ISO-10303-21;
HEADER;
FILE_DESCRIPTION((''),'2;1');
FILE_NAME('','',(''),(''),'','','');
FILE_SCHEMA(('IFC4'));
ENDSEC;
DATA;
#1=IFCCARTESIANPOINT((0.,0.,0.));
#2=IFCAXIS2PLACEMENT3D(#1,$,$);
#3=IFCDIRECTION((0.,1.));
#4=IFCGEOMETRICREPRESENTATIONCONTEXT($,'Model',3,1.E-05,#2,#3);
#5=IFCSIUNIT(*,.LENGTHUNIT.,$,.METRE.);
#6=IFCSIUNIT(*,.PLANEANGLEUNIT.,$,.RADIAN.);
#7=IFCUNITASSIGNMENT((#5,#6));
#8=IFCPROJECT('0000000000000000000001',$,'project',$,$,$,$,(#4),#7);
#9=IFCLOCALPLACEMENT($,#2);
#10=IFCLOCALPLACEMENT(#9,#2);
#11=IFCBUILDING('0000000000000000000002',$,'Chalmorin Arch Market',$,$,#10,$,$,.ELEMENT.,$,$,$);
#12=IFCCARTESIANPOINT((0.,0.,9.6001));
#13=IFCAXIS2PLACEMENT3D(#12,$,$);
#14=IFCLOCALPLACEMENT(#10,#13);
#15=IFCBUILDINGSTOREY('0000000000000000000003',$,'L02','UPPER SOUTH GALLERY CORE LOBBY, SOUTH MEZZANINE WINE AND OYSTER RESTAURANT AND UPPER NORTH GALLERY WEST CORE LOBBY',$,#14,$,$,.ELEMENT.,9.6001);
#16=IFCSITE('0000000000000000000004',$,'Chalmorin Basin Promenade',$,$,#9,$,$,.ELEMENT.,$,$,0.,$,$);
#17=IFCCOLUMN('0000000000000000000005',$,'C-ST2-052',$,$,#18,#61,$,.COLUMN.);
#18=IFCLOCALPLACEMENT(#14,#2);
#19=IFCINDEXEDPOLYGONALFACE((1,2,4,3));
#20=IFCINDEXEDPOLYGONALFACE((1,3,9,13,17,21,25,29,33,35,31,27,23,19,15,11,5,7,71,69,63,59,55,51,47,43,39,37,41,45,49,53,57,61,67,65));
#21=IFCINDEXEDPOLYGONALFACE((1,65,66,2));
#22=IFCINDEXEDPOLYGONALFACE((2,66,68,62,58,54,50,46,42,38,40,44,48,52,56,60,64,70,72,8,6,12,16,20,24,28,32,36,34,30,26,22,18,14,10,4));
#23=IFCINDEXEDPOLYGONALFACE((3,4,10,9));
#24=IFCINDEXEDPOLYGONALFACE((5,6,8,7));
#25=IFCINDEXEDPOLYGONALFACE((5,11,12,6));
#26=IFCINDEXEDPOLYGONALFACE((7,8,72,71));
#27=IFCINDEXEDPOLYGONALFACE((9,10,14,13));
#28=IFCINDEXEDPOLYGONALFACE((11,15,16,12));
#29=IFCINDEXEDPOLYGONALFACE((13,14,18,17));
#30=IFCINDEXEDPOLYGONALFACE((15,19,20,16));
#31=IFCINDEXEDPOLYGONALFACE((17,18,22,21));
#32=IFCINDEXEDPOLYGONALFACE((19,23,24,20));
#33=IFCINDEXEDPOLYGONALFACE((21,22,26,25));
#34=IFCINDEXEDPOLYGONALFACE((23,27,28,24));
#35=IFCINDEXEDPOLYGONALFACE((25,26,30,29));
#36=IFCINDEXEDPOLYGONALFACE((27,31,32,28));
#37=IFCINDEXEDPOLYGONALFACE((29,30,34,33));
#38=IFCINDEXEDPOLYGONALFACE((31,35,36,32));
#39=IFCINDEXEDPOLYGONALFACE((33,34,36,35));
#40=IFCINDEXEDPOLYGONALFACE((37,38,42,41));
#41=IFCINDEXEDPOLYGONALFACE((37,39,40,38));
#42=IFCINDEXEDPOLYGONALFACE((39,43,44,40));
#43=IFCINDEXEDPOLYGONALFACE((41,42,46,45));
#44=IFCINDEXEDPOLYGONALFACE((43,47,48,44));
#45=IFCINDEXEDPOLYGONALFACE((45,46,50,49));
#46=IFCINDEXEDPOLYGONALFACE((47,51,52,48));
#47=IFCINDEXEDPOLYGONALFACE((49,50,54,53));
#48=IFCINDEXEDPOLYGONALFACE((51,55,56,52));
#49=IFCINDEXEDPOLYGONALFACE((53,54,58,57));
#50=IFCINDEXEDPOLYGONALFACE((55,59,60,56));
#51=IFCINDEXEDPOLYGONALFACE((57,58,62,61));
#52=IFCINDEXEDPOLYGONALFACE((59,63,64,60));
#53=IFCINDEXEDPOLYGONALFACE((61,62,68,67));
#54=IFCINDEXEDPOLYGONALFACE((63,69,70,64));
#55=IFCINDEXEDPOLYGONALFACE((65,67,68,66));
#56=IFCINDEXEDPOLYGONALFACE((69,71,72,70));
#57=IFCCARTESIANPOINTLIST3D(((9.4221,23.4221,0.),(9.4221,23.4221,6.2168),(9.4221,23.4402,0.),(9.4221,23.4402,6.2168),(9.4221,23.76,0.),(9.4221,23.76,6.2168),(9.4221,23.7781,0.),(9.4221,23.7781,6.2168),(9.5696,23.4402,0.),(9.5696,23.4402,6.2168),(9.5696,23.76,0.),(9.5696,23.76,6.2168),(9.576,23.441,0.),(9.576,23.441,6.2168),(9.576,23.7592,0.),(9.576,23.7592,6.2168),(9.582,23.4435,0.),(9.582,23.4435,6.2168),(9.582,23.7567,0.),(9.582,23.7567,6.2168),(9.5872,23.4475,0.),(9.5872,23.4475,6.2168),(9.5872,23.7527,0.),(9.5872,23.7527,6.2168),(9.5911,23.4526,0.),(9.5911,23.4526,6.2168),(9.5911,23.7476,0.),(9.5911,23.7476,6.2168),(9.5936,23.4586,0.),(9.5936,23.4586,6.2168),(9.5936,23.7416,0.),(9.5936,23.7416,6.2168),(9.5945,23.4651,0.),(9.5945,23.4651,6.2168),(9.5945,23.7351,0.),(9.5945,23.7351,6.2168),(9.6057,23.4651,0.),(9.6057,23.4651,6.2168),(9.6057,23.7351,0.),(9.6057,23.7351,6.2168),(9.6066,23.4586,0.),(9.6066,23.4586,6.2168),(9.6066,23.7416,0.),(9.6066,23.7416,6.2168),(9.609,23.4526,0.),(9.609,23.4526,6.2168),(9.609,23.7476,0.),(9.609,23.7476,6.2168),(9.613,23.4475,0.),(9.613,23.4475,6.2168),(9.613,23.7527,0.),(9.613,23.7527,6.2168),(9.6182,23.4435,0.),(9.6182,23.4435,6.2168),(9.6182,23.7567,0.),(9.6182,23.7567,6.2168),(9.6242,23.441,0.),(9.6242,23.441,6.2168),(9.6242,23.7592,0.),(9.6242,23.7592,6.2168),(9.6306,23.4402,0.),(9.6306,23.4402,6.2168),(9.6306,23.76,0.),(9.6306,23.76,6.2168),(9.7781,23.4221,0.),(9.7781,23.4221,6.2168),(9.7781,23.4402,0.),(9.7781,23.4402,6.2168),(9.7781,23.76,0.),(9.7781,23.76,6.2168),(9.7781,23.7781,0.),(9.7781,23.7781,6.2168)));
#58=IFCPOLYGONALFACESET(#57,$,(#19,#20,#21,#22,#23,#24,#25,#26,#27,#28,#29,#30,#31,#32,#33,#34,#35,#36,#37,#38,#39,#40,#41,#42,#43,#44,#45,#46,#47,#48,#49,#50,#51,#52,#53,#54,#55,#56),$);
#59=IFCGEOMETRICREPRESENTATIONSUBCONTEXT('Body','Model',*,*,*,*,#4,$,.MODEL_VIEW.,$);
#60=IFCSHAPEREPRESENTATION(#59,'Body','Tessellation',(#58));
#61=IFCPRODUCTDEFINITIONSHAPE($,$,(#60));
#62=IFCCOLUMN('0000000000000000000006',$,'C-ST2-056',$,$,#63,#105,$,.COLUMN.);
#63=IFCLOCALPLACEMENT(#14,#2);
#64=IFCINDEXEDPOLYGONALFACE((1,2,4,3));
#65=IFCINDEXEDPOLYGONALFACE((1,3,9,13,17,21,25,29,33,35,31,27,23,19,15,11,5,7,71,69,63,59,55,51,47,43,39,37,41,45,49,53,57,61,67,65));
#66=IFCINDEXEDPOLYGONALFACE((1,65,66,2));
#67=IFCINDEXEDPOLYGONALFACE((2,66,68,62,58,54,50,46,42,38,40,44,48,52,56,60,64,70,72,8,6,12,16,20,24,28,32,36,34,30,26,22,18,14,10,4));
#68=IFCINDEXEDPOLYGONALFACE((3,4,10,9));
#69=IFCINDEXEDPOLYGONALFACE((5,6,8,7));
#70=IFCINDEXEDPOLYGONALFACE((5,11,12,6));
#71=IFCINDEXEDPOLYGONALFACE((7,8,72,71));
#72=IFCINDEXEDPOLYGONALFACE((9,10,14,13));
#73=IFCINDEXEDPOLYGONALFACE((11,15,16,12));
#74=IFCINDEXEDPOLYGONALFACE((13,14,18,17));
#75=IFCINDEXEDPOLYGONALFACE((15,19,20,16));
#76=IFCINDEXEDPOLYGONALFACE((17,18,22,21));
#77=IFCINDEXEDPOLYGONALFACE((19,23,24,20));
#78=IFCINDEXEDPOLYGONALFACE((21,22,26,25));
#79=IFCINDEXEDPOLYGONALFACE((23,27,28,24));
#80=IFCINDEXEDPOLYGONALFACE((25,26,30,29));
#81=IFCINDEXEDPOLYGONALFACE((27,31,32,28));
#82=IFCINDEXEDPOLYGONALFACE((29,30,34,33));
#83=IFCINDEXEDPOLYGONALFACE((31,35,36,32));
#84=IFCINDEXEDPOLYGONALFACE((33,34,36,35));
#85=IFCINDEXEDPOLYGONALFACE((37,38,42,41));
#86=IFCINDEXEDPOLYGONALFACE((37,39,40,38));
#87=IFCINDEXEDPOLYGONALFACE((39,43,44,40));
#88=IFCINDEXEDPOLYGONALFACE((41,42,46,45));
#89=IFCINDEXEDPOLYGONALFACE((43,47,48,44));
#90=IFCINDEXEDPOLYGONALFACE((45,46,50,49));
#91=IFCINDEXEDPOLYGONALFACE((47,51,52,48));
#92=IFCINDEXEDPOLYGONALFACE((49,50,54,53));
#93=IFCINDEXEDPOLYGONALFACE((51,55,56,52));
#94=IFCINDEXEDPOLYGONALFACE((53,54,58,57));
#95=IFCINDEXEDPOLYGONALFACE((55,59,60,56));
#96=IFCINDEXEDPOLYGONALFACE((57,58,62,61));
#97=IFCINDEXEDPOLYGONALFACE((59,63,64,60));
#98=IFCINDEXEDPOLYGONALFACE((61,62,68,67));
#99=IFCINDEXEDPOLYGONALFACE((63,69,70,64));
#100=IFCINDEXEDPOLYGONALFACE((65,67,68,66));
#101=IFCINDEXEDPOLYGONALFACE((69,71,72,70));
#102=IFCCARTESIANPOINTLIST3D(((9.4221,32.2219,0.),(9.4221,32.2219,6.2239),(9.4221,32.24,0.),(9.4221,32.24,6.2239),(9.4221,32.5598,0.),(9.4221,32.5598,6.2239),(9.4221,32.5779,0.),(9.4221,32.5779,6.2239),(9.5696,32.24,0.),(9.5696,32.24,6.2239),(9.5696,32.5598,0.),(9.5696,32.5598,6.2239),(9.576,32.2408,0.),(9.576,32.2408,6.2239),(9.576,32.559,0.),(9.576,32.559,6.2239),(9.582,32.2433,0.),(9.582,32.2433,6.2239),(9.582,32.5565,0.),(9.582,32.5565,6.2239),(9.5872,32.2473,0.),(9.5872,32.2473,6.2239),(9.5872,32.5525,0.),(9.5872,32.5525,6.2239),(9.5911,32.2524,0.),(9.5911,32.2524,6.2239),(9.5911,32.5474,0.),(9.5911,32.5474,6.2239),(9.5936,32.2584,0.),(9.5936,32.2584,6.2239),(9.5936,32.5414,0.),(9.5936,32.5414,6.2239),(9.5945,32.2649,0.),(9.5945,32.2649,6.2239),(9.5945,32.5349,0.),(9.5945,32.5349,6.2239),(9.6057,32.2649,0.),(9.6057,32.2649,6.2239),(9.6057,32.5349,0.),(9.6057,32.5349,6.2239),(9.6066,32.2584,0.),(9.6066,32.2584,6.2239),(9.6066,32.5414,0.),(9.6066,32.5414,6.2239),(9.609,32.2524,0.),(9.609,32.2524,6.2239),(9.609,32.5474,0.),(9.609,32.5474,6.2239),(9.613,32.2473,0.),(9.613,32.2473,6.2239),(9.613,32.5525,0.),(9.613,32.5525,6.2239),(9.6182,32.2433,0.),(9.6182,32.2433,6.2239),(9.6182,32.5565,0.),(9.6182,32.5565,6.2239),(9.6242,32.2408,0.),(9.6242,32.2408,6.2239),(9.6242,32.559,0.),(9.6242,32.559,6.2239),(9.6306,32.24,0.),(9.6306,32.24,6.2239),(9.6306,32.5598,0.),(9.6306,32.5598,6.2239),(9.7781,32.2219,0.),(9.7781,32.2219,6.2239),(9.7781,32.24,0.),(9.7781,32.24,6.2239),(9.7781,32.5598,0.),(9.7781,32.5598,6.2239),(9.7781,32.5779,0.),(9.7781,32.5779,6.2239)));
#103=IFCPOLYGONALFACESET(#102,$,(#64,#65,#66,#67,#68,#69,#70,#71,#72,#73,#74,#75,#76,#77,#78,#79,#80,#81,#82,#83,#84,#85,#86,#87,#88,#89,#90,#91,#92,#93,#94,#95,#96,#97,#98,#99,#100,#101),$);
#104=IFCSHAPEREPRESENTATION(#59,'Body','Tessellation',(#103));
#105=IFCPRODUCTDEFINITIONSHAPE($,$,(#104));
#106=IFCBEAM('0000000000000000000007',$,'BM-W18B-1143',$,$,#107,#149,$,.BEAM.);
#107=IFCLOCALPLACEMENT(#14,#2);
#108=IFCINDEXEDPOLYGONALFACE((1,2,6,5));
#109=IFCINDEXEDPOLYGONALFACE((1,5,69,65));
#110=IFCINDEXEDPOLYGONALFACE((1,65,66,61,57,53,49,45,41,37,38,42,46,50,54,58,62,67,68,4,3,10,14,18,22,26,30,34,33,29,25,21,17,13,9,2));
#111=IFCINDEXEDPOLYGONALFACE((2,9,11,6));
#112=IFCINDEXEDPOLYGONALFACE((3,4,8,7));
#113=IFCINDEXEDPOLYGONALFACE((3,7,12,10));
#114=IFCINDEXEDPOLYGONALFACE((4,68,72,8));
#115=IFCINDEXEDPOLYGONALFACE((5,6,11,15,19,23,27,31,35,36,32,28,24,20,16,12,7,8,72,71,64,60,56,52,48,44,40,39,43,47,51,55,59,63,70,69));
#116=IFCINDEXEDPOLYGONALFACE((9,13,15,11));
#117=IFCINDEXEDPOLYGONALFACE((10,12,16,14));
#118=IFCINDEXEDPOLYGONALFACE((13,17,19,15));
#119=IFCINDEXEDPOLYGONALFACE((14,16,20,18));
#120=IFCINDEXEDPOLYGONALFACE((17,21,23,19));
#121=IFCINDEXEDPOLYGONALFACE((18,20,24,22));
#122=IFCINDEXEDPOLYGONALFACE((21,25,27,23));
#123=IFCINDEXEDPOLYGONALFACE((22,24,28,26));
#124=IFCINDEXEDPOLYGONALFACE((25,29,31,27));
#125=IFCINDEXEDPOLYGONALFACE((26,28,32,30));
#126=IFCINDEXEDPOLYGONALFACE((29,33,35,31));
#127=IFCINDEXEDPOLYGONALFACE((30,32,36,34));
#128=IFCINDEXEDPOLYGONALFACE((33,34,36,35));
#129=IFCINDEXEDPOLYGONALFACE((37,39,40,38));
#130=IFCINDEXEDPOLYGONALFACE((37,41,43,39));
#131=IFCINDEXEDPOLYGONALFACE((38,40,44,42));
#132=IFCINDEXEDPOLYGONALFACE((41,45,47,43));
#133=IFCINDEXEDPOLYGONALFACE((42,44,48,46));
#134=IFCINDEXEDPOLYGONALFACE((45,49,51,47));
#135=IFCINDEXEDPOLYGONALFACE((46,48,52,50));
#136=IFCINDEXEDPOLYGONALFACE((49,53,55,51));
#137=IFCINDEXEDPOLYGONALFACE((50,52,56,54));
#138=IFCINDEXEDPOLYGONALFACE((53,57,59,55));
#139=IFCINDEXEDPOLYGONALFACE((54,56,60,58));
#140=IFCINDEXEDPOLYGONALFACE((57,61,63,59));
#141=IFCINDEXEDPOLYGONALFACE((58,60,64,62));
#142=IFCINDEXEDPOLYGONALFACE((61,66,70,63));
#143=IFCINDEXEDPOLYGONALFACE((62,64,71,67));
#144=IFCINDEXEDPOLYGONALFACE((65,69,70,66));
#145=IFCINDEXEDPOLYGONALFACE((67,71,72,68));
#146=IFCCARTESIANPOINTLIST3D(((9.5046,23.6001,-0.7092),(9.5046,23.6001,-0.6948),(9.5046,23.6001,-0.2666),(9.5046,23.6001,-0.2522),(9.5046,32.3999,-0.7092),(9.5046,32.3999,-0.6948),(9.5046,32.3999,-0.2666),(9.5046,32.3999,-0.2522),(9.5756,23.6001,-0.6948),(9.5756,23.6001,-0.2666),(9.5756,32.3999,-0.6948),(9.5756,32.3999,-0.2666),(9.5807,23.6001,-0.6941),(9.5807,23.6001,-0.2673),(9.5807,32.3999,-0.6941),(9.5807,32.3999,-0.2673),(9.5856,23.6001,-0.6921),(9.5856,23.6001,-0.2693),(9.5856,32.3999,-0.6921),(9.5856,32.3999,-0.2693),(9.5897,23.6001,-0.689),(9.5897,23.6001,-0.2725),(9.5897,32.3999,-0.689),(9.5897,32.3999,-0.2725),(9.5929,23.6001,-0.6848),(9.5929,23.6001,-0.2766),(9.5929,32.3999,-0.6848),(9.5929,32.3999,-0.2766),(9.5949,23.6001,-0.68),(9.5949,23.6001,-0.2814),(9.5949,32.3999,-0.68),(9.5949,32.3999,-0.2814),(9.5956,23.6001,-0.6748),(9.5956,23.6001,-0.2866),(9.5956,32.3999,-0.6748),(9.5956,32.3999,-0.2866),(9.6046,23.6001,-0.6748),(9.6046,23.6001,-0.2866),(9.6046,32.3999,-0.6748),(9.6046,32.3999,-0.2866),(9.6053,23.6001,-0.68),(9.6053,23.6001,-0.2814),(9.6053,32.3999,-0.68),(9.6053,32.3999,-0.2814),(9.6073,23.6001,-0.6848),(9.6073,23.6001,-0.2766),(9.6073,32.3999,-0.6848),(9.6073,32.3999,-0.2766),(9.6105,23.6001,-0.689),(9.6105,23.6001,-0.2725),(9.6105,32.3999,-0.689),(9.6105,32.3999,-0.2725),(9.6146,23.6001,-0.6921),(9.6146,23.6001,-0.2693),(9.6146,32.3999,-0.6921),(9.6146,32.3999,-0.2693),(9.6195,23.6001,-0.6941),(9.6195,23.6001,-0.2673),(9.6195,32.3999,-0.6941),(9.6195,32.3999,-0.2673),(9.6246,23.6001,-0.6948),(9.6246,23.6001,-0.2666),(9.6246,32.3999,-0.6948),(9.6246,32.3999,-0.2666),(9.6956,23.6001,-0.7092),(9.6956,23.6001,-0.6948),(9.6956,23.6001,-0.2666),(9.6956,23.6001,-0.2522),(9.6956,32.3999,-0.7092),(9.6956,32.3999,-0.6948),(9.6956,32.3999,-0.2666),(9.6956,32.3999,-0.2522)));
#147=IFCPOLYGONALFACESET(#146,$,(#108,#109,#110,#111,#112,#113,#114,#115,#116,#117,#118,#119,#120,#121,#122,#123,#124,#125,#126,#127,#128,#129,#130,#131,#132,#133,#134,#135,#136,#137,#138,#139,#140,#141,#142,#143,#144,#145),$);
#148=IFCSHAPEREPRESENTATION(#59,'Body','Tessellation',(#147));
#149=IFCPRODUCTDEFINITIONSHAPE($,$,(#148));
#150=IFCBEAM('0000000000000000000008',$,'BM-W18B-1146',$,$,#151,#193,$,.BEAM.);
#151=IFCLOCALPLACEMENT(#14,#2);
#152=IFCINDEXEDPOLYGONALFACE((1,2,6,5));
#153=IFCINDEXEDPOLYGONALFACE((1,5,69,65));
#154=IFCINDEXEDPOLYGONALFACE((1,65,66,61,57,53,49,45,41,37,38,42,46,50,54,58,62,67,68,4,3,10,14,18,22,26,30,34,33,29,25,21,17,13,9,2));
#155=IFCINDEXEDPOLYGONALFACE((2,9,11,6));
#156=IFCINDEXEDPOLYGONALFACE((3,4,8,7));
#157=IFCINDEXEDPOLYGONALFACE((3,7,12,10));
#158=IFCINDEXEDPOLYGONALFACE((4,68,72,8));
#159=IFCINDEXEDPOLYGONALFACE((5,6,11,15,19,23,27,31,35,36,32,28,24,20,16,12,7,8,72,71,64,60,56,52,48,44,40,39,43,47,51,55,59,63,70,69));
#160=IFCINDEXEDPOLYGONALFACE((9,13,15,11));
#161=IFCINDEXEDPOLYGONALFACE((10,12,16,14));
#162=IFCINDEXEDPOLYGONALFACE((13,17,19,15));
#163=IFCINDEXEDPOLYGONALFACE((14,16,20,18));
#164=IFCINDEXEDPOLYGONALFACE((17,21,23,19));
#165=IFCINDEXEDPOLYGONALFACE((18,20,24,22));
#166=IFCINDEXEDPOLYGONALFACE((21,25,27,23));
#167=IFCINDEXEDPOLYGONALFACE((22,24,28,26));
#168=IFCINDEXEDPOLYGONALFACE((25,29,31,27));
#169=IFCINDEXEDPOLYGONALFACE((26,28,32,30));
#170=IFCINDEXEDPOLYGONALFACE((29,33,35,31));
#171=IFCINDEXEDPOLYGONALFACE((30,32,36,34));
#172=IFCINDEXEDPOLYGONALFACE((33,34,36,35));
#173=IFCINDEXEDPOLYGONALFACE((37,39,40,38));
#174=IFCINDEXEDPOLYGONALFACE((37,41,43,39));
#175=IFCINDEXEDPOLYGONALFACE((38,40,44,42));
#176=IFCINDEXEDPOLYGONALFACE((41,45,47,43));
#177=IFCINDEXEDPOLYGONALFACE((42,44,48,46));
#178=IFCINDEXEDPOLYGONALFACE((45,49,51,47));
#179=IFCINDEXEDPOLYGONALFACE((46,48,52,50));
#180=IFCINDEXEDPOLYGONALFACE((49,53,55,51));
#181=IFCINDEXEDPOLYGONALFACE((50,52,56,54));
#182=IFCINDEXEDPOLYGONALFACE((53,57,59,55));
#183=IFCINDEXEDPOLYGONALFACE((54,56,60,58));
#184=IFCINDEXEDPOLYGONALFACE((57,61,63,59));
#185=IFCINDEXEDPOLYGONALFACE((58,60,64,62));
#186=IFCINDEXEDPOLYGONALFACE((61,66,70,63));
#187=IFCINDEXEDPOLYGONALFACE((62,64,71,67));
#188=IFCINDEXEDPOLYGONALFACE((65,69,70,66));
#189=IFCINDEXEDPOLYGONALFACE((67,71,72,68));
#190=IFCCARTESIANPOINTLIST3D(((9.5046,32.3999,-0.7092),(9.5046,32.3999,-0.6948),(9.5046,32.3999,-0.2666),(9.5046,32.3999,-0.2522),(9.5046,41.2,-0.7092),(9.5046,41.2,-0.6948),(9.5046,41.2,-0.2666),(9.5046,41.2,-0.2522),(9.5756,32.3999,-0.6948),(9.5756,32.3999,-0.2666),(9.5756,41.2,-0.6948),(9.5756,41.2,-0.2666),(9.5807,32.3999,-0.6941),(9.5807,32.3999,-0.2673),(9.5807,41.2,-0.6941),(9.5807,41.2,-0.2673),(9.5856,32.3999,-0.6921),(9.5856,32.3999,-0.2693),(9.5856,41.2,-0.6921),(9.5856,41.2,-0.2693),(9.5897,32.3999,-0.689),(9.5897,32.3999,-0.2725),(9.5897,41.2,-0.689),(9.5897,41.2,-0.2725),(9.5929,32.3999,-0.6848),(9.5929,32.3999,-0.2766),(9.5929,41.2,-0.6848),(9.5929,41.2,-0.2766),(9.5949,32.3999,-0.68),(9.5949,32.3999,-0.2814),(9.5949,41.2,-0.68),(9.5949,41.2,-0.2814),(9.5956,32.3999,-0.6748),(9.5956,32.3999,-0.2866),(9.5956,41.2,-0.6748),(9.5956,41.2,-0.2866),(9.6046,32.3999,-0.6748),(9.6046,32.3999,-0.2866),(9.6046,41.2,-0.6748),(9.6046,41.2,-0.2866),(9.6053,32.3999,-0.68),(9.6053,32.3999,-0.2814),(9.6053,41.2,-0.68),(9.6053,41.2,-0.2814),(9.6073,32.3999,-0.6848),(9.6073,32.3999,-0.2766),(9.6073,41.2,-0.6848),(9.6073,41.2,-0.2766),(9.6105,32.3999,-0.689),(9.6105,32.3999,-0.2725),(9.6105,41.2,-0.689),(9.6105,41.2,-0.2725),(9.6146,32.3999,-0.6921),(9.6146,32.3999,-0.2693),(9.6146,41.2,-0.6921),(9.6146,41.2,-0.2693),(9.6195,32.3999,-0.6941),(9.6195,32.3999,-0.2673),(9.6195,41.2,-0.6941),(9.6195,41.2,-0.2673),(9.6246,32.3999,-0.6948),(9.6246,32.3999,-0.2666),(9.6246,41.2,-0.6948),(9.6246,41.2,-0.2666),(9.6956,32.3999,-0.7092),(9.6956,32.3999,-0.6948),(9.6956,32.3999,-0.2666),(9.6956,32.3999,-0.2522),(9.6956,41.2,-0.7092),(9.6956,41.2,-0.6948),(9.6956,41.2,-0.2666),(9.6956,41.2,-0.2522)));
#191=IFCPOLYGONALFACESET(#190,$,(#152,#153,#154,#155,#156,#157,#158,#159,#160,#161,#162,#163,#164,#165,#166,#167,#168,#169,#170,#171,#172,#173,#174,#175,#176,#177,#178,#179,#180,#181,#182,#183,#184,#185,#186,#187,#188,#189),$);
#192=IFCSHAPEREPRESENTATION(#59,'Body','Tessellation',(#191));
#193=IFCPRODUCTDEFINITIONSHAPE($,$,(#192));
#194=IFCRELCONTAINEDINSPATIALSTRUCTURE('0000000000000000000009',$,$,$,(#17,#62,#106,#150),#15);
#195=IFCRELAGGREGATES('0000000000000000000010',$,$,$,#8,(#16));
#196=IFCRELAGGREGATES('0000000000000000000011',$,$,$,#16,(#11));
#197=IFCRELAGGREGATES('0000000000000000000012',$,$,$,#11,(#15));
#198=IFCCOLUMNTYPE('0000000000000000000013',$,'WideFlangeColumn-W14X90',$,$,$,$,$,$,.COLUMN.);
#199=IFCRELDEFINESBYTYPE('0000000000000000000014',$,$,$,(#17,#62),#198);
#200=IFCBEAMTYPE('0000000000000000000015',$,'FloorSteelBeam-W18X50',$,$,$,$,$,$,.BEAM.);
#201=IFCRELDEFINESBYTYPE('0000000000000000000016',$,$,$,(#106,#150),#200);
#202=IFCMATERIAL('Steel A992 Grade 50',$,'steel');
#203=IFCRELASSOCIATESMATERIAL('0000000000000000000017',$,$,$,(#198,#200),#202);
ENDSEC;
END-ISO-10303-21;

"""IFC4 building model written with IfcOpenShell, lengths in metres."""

from ifc_helpers import new_model, si_unit, direction, frame, origin, origin_2d, place, context, subcontext, project, spatial, i_section, extrude, material, material_profile, profile_set, type_object, element, save


model = new_model("IFC4")

# Units and contexts
model_context = context("Model", 3, precision=1e-05, world=origin(), true_north=direction((0.0, 1.0)))
body_context = subcontext(model_context, "Body", "Model", "MODEL_VIEW")
ifc_project = project(units=[si_unit("LENGTHUNIT", "METRE"), si_unit("PLANEANGLEUNIT", "RADIAN")], contexts=[model_context])

# Site, building, storey
site_placement = place(None, origin())
site = spatial("IfcSite", under=ifc_project, at=site_placement, Name="Chalmorin Basin Promenade", CompositionType="ELEMENT", RefElevation=0.0)
building_placement = place(site_placement, origin())
building = spatial("IfcBuilding", under=site, at=building_placement, Name="Chalmorin Arch Market", CompositionType="ELEMENT")
storey_placement = place(building_placement, frame((0.0, 0.0, 9.6001)))
storey = spatial("IfcBuildingStorey", under=building, at=storey_placement, Name="L02", Description="UPPER SOUTH GALLERY CORE LOBBY, SOUTH MEZZANINE WINE AND OYSTER RESTAURANT AND UPPER NORTH GALLERY WEST CORE LOBBY", CompositionType="ELEMENT", Elevation=9.6001)

# Columns
ifc_material_1 = material(Name="Steel A992 Grade 50", Category="steel")
ifc_material_profile_1 = material_profile(ifc_material_1, i_section(OverallWidth=0.356, OverallDepth=0.356, WebThickness=0.0112, FlangeThickness=0.0181, FilletRadius=0.0249, at=origin_2d()), Name="W14X90")
ifc_profile_set_1 = profile_set([ifc_material_profile_1], Name="Steel A992 Grade 50")
column_type = type_object("IfcColumnType", Name="WideFlangeColumn-W14X90", PredefinedType="COLUMN", material=ifc_profile_set_1)
column_1_placement = place(storey_placement, frame((9.6001, 23.6001, 0.0), z_axis=(0.0, 0.0, 1.0), x_axis=(1.0, 0.0, 0.0)))
element("IfcColumn", 1, at=column_1_placement, inside=storey, type_object=column_type, Name="C-ST2-052", PredefinedType="COLUMN", context=body_context, shape_type="SweptSolid", body=[
    extrude(i_section(OverallWidth=0.356, OverallDepth=0.356, WebThickness=0.0112, FlangeThickness=0.0181, FilletRadius=0.0249, at=origin_2d()), origin(), (0.0, 0.0, 1.0), 6.2168),
])
column_2_placement = place(storey_placement, frame((9.6001, 32.3999, 0.0), z_axis=(0.0, 0.0, 1.0), x_axis=(1.0, 0.0, 0.0)))
element("IfcColumn", 2, at=column_2_placement, inside=storey, type_object=column_type, Name="C-ST2-056", PredefinedType="COLUMN", context=body_context, shape_type="SweptSolid", body=[
    extrude(i_section(OverallWidth=0.356, OverallDepth=0.356, WebThickness=0.0112, FlangeThickness=0.0181, FilletRadius=0.0249, at=origin_2d()), origin(), (0.0, 0.0, 1.0), 6.2239),
])

# Beams
ifc_material_profile_2 = material_profile(ifc_material_1, i_section(OverallWidth=0.1909, OverallDepth=0.457, WebThickness=0.009, FlangeThickness=0.0144, FilletRadius=0.02, at=origin_2d()), Name="W18X50")
ifc_profile_set_2 = profile_set([ifc_material_profile_2], Name="Steel A992 Grade 50")
beam_type_1 = type_object("IfcBeamType", Name="FloorSteelBeam-W18X50", PredefinedType="BEAM", material=ifc_profile_set_2)
beam_1_placement = place(storey_placement, frame((9.6001, 23.6001, -0.4807), z_axis=(0.0, 1.0, 0.0), x_axis=(-1.0, 0.0, 0.0)))
element("IfcBeam", 3, at=beam_1_placement, inside=storey, type_object=beam_type_1, Name="BM-W18B-1143", PredefinedType="BEAM", context=body_context, shape_type="SweptSolid", body=[
    extrude(i_section(OverallWidth=0.1909, OverallDepth=0.457, WebThickness=0.009, FlangeThickness=0.0144, FilletRadius=0.02, at=origin_2d()), origin(), (0.0, 0.0, 1.0), 8.7998),
])
beam_2_placement = place(storey_placement, frame((9.6001, 32.3999, -0.4807), z_axis=(0.0, 1.0, 0.0), x_axis=(-1.0, 0.0, 0.0)))
element("IfcBeam", 4, at=beam_2_placement, inside=storey, type_object=beam_type_1, Name="BM-W18B-1146", PredefinedType="BEAM", context=body_context, shape_type="SweptSolid", body=[
    extrude(i_section(OverallWidth=0.1909, OverallDepth=0.457, WebThickness=0.009, FlangeThickness=0.0144, FilletRadius=0.02, at=origin_2d()), origin(), (0.0, 0.0, 1.0), 8.8),
])

save(model, "model.ifc")
